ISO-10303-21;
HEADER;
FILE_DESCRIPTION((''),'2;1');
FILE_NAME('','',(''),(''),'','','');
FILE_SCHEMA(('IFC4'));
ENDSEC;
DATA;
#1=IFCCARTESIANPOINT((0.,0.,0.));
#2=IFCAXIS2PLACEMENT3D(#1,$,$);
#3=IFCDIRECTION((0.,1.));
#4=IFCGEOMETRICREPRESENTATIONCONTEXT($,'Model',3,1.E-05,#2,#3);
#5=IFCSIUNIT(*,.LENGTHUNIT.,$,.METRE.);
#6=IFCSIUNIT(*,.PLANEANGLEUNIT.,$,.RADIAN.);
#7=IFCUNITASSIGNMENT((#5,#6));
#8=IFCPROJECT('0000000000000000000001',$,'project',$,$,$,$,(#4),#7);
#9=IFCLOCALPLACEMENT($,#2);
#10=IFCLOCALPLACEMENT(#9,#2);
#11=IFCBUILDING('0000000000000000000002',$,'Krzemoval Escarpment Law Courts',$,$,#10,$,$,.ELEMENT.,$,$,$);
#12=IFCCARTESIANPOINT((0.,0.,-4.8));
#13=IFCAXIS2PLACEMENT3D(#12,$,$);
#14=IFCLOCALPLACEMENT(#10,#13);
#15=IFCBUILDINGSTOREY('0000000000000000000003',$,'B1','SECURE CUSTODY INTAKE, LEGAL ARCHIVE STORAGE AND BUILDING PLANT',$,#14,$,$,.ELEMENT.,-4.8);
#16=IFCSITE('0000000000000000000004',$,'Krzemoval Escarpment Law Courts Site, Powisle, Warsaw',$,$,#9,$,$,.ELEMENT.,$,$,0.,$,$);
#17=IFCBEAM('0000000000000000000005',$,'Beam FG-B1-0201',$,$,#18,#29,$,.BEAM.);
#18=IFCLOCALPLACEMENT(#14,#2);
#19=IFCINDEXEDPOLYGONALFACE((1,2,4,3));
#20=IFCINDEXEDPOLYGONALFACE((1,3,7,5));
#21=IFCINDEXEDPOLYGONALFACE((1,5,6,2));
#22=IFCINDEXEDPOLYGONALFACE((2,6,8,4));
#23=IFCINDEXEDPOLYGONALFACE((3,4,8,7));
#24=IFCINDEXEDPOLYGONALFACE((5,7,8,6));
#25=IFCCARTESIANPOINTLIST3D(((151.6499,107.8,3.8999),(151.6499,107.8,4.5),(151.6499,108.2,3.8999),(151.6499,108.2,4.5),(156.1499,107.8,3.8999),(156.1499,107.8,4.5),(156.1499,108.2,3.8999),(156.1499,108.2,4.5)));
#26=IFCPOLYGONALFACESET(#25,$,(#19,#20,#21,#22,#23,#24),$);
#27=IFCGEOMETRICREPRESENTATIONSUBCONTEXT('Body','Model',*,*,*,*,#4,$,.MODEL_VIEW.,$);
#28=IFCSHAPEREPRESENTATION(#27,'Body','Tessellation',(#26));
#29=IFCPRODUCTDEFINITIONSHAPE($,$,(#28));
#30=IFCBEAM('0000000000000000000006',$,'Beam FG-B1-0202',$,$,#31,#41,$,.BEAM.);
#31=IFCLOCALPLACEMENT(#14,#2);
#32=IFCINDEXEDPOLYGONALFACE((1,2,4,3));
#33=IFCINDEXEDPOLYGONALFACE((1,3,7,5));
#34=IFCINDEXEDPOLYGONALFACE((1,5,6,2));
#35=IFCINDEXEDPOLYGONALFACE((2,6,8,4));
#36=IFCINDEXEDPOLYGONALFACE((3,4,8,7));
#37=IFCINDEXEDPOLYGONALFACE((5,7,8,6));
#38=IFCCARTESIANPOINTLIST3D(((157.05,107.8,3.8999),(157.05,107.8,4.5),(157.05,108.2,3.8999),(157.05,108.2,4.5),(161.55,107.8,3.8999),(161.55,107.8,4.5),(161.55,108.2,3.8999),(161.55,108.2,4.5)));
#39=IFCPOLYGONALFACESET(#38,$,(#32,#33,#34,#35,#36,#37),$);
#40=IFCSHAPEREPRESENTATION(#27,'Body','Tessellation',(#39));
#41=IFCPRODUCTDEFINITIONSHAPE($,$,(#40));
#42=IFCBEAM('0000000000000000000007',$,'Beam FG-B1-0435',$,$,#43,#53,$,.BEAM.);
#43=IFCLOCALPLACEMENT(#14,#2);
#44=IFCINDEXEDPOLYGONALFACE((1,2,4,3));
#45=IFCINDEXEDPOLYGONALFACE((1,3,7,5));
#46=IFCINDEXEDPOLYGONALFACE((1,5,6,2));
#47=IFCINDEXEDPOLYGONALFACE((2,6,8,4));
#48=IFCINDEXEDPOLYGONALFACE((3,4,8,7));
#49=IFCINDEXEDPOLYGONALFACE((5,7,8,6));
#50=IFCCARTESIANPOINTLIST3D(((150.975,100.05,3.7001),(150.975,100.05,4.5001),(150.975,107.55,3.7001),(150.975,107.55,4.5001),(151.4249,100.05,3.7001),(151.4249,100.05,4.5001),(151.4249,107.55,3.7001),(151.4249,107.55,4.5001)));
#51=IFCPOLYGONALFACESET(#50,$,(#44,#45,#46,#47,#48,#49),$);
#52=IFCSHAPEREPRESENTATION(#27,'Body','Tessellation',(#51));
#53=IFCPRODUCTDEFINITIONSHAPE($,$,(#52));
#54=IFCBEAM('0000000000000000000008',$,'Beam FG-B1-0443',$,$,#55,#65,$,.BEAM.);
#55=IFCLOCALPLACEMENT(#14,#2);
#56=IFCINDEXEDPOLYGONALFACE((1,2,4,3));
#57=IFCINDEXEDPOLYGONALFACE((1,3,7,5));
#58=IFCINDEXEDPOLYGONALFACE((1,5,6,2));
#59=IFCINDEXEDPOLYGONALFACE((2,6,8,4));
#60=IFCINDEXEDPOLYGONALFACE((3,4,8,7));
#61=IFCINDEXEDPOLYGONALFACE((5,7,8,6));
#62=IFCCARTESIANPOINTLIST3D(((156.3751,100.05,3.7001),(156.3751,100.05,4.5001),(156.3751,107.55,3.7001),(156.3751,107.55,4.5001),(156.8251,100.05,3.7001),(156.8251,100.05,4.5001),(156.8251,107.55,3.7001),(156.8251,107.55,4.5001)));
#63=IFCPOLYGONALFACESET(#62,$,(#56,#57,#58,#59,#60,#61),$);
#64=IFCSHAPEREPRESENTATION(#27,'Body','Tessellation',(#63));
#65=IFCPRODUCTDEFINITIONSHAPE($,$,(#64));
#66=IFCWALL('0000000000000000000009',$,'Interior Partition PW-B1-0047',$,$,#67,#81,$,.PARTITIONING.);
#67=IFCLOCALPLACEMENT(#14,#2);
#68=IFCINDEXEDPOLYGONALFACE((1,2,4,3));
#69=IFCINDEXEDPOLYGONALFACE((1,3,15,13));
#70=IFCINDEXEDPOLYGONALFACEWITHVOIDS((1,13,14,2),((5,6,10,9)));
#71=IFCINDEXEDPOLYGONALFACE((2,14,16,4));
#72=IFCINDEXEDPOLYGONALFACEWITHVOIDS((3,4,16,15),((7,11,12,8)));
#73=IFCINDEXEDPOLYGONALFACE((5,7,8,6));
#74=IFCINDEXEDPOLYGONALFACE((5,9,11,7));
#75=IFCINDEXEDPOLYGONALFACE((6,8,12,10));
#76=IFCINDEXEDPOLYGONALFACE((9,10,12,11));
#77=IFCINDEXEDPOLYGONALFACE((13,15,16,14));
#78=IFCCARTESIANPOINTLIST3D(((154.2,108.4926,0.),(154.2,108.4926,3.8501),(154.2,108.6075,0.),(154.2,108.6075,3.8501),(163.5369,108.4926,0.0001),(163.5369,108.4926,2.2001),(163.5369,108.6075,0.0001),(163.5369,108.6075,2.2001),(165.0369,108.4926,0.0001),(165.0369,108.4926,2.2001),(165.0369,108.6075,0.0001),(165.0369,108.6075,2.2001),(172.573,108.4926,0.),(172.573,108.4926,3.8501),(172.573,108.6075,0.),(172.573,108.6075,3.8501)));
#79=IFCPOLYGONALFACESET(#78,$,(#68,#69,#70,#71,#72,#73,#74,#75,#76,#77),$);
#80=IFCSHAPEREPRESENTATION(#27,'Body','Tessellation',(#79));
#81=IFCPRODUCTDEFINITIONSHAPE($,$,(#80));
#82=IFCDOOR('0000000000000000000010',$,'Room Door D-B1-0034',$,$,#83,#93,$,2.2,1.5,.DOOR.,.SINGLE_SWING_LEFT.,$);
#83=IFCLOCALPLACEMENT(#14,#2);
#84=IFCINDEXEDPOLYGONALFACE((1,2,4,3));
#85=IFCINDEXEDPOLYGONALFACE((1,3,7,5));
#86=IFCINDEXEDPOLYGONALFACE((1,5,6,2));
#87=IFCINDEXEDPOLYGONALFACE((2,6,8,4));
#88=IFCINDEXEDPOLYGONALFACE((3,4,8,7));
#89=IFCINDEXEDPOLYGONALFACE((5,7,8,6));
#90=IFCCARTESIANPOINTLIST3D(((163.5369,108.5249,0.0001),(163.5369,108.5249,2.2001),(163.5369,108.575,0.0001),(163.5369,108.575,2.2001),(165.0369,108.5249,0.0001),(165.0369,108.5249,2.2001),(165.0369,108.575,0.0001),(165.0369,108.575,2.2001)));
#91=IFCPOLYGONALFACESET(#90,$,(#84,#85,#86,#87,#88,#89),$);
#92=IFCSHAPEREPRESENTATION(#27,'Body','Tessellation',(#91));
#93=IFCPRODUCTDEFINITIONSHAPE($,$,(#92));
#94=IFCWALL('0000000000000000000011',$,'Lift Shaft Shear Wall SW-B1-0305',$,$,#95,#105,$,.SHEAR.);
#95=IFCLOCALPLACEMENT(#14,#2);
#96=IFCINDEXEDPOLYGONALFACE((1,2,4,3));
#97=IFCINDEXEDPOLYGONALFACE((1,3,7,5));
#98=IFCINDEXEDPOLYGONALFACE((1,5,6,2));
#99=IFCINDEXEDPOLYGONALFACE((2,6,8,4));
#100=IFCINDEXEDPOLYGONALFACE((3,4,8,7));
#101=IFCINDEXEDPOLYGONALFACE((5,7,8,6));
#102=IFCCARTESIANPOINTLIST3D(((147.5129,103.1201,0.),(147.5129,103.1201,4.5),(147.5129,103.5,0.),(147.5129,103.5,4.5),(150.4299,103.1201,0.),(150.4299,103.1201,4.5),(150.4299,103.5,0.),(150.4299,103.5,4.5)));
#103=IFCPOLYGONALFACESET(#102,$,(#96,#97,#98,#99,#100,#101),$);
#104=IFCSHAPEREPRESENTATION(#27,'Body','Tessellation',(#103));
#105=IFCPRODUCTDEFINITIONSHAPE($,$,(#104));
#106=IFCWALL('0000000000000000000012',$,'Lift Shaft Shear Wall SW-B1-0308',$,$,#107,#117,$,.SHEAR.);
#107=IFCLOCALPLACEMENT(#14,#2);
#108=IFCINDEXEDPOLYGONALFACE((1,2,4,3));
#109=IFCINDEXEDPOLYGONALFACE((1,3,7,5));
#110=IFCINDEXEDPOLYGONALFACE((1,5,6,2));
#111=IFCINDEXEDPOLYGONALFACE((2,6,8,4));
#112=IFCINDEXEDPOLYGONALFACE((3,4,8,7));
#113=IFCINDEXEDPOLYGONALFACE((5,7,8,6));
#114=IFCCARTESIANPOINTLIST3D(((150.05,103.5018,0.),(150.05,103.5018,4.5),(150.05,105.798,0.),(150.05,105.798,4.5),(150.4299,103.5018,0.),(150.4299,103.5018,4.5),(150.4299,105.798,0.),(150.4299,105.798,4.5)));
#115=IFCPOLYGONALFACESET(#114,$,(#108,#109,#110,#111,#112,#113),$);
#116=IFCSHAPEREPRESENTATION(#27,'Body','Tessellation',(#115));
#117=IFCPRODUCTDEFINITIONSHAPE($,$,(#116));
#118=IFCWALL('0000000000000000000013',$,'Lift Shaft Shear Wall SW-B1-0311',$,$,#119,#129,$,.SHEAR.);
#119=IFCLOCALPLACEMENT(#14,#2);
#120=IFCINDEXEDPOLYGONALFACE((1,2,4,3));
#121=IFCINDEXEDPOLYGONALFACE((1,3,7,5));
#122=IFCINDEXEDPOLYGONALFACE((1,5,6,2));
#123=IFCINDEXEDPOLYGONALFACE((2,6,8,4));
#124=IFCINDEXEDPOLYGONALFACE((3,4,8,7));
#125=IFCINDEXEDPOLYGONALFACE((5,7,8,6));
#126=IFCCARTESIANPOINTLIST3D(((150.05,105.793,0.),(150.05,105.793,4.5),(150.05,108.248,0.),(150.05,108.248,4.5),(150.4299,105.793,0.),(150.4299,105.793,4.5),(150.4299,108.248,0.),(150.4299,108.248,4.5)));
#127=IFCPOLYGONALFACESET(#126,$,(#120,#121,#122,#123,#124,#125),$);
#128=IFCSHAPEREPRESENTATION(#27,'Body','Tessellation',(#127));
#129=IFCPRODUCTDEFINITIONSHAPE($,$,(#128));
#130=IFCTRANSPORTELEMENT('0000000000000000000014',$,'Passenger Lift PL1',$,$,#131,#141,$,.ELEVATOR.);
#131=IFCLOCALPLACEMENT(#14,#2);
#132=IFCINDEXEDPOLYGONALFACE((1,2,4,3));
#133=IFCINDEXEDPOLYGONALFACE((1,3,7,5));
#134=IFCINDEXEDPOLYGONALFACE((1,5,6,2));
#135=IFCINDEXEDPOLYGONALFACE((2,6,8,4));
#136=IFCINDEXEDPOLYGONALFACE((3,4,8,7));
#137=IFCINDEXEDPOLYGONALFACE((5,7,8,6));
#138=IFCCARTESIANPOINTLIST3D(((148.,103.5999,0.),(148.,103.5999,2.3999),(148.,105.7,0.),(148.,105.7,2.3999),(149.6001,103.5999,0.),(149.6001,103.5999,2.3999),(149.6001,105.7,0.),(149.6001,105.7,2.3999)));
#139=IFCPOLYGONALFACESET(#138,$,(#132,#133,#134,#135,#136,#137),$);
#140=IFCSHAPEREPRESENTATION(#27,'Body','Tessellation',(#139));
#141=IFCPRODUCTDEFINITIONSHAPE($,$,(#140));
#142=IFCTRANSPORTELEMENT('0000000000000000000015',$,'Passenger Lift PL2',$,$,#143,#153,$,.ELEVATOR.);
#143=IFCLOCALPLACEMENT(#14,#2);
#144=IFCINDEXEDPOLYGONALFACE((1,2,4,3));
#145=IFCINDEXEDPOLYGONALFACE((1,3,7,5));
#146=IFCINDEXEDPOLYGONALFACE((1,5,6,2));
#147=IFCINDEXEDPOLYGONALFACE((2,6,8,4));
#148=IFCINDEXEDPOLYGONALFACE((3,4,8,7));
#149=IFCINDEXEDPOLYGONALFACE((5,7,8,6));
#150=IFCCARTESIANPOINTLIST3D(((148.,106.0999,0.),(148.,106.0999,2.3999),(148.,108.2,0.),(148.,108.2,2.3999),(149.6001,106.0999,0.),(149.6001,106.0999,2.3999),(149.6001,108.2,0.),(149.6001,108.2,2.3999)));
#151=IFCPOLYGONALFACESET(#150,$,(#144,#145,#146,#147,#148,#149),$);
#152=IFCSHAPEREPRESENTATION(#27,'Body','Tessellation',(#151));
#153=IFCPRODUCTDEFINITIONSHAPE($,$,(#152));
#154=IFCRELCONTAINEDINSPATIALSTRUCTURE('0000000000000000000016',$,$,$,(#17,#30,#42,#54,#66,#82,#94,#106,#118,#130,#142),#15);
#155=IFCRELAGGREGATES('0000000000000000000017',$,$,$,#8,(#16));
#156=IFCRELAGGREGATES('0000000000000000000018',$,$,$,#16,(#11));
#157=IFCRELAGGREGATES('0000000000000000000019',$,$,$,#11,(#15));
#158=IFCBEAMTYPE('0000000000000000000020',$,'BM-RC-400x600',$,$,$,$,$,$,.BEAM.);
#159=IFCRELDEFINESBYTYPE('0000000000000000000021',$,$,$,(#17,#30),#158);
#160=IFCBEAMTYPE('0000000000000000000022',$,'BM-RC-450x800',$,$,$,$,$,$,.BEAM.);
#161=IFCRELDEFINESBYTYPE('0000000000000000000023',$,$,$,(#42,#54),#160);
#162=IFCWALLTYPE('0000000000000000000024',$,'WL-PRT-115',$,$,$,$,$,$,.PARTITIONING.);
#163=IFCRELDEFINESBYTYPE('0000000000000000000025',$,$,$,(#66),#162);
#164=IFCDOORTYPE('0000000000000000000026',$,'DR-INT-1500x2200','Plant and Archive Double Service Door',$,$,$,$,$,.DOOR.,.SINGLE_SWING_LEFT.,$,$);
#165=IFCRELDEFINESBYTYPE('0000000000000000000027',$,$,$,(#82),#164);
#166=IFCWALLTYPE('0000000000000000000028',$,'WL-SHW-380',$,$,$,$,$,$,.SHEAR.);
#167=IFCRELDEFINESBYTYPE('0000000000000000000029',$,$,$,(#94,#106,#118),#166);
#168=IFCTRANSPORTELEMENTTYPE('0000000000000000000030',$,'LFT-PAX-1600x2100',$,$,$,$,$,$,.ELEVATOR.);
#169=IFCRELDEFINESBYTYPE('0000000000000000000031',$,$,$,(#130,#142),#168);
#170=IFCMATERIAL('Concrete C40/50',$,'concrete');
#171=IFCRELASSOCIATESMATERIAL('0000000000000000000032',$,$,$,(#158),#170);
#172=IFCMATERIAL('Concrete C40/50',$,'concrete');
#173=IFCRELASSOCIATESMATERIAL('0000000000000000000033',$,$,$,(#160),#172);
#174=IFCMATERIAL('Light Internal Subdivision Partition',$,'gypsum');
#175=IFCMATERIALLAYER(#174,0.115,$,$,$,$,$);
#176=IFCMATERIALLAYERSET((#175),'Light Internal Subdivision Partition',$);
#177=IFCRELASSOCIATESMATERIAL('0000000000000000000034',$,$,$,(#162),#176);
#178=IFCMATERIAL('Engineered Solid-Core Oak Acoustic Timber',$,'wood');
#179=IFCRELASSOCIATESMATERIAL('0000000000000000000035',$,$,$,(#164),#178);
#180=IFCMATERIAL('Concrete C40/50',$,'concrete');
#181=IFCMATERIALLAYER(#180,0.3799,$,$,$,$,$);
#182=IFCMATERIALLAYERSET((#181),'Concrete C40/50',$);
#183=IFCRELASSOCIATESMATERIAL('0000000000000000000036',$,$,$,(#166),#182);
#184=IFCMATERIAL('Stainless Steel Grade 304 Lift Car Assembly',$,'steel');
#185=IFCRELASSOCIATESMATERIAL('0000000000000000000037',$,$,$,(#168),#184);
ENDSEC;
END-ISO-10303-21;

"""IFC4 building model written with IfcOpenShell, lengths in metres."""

from ifc_helpers import new_model, si_unit, direction, frame, frame_2d, origin, origin_2d, place, context, subcontext, project, spatial, rectangle, extrude, material, layer, layer_set, material_profile, profile_set, type_object, element, fill, save


model = new_model("IFC4")

# Units and contexts
model_context = context("Model", 3, precision=1e-05, world=origin(), true_north=direction((0.0, 1.0)))
body_context = subcontext(model_context, "Body", "Model", "MODEL_VIEW")
ifc_project = project(units=[si_unit("LENGTHUNIT", "METRE"), si_unit("PLANEANGLEUNIT", "RADIAN")], contexts=[model_context])

# Site, building, storey
site_placement = place(None, origin())
site = spatial("IfcSite", under=ifc_project, at=site_placement, Name="Krzemoval Escarpment Law Courts Site, Powisle, Warsaw", CompositionType="ELEMENT", RefElevation=0.0)
building_placement = place(site_placement, origin())
building = spatial("IfcBuilding", under=site, at=building_placement, Name="Krzemoval Escarpment Law Courts", CompositionType="ELEMENT")
storey_placement = place(building_placement, frame((0.0, 0.0, -4.8)))
storey = spatial("IfcBuildingStorey", under=building, at=storey_placement, Name="B1", Description="SECURE CUSTODY INTAKE, LEGAL ARCHIVE STORAGE AND BUILDING PLANT", CompositionType="ELEMENT", Elevation=-4.8)

# Beams
ifc_material_1 = material(Name="Concrete C40/50", Category="concrete")
ifc_material_profile_1 = material_profile(ifc_material_1, rectangle(XDim=0.3999, YDim=0.6001, at=origin_2d()), Name="RCB 400x600")
ifc_profile_set_1 = profile_set([ifc_material_profile_1], Name="Concrete C40/50")
beam_type_1 = type_object("IfcBeamType", Name="BM-RC-400x600", PredefinedType="BEAM", material=ifc_profile_set_1)
for number, where, z_axis, x_axis, name in (
    (1, (151.6499, 108.0, 4.2), (1.0, 0.0, 0.0), (0.0, 1.0, 0.0), "Beam FG-B1-0201"),
    (2, (157.05, 108.0, 4.2), (1.0, 0.0, 0.0), (0.0, 1.0, 0.0), "Beam FG-B1-0202"),
):
    element("IfcBeam", number, at=place(storey_placement, frame(where, z_axis=z_axis, x_axis=x_axis)), inside=storey, type_object=beam_type_1, Name=name, PredefinedType="BEAM", context=body_context, shape_type="SweptSolid", body=[
        extrude(rectangle(XDim=0.3999, YDim=0.6001, at=origin_2d()), origin(), (0.0, 0.0, 1.0), 4.5),
    ])
ifc_material_2 = material(Name="Concrete C40/50", Category="concrete")
ifc_material_profile_2 = material_profile(ifc_material_2, rectangle(XDim=0.45, YDim=0.8, at=origin_2d()), Name="RCB 450x800")
ifc_profile_set_2 = profile_set([ifc_material_profile_2], Name="Concrete C40/50")
beam_type_2 = type_object("IfcBeamType", Name="BM-RC-450x800", PredefinedType="BEAM", material=ifc_profile_set_2)
for number, where, z_axis, x_axis, name in (
    (3, (151.2, 100.05, 4.1001), (0.0, 1.0, 0.0), (-1.0, 0.0, 0.0), "Beam FG-B1-0435"),
    (4, (156.6001, 100.05, 4.1001), (0.0, 1.0, 0.0), (-1.0, 0.0, 0.0), "Beam FG-B1-0443"),
):
    element("IfcBeam", number, at=place(storey_placement, frame(where, z_axis=z_axis, x_axis=x_axis)), inside=storey, type_object=beam_type_2, Name=name, PredefinedType="BEAM", context=body_context, shape_type="SweptSolid", body=[
        extrude(rectangle(XDim=0.45, YDim=0.8, at=origin_2d()), origin(), (0.0, 0.0, 1.0), 7.5),
    ])

# Wall, opening, door
ifc_material_3 = material(Name="Light Internal Subdivision Partition", Category="gypsum")
ifc_layer_1 = layer(ifc_material_3, 0.115)
ifc_layer_set_1 = layer_set([ifc_layer_1], Name="Light Internal Subdivision Partition")
wall_type_1 = type_object("IfcWallType", Name="WL-PRT-115", PredefinedType="PARTITIONING", material=ifc_layer_set_1)
wall_1_placement = place(storey_placement, frame((154.2, 108.55, 0.0), z_axis=(0.0, 0.0, 1.0), x_axis=(1.0, 0.0, 0.0)))
wall_1 = element("IfcWall", 5, at=wall_1_placement, inside=storey, type_object=wall_type_1, Name="Interior Partition PW-B1-0047", PredefinedType="PARTITIONING", context=body_context, shape_type="SweptSolid", body=[
    extrude(rectangle(XDim=18.373, YDim=0.115, at=frame_2d((9.1865, 0.0))), origin(), (0.0, 0.0, 1.0), 3.8501),
])
opening_placement = place(wall_1_placement, frame((9.3369, 0.0, 0.0)))
opening = element("IfcOpeningElement", 6, at=opening_placement, cuts=wall_1, PredefinedType="OPENING", context=body_context, shape_type="SweptSolid", body=[
    extrude(rectangle(XDim=1.5, YDim=2.2, at=frame_2d((0.75, 1.1001))), frame((0.0, 0.0725, 0.0), z_axis=(0.0, -1.0, 0.0), x_axis=(1.0, 0.0, 0.0)), (0.0, 0.0, 1.0), 0.145),
])
ifc_material_4 = material(Name="Engineered Solid-Core Oak Acoustic Timber", Category="wood")
door_type = type_object("IfcDoorType", Name="DR-INT-1500x2200", Description="Plant and Archive Double Service Door", OperationType="SINGLE_SWING_LEFT", PredefinedType="DOOR", material=ifc_material_4)
door_placement = place(opening_placement, origin())
door = element("IfcDoor", 7, at=door_placement, inside=storey, type_object=door_type, Name="Room Door D-B1-0034", OperationType="SINGLE_SWING_LEFT", OverallHeight=2.2, OverallWidth=1.5, PredefinedType="DOOR", context=body_context, shape_type="SweptSolid", body=[
    extrude(rectangle(XDim=1.5, YDim=2.2, at=frame_2d((0.75, 1.1001))), frame((0.0, 0.0249, 0.0), z_axis=(0.0, -1.0, 0.0), x_axis=(1.0, 0.0, 0.0)), (0.0, 0.0, 1.0), 0.05),
])
fill(opening, door)

# Walls
ifc_material_5 = material(Name="Concrete C40/50", Category="concrete")
ifc_layer_2 = layer(ifc_material_5, 0.3799)
ifc_layer_set_2 = layer_set([ifc_layer_2], Name="Concrete C40/50")
wall_type_2 = type_object("IfcWallType", Name="WL-SHW-380", PredefinedType="SHEAR", material=ifc_layer_set_2)
wall_2_placement = place(storey_placement, frame((147.5129, 103.3101, 0.0), z_axis=(0.0, 0.0, 1.0), x_axis=(1.0, 0.0, 0.0)))
element("IfcWall", 8, at=wall_2_placement, inside=storey, type_object=wall_type_2, Name="Lift Shaft Shear Wall SW-B1-0305", PredefinedType="SHEAR", context=body_context, shape_type="SweptSolid", body=[
    extrude(rectangle(XDim=2.917, YDim=0.3799, at=frame_2d((1.4585, 0.0))), origin(), (0.0, 0.0, 1.0), 4.5),
])
wall_3_placement = place(storey_placement, frame((150.24, 103.502, 0.0), z_axis=(0.0, 0.0, 1.0), x_axis=(0.0, 1.0, 0.0)))
element("IfcWall", 9, at=wall_3_placement, inside=storey, type_object=wall_type_2, Name="Lift Shaft Shear Wall SW-B1-0308", PredefinedType="SHEAR", context=body_context, shape_type="SweptSolid", body=[
    extrude(rectangle(XDim=2.2961, YDim=0.3799, at=frame_2d((1.1479, 0.0))), origin(), (0.0, 0.0, 1.0), 4.5),
])
wall_4_placement = place(storey_placement, frame((150.24, 105.793, 0.0), z_axis=(0.0, 0.0, 1.0), x_axis=(0.0, 1.0, 0.0)))
element("IfcWall", 10, at=wall_4_placement, inside=storey, type_object=wall_type_2, Name="Lift Shaft Shear Wall SW-B1-0311", PredefinedType="SHEAR", context=body_context, shape_type="SweptSolid", body=[
    extrude(rectangle(XDim=2.4551, YDim=0.3799, at=frame_2d((1.2275, 0.0))), origin(), (0.0, 0.0, 1.0), 4.5),
])

# Transport elements
ifc_material_6 = material(Name="Stainless Steel Grade 304 Lift Car Assembly", Category="steel")
transport_element_type = type_object("IfcTransportElementType", Name="LFT-PAX-1600x2100", PredefinedType="ELEVATOR", material=ifc_material_6)
for number, where, z_axis, x_axis, name in (
    (11, (148.8, 104.6499, 0.0), (0.0, 0.0, 1.0), (1.0, 0.0, 0.0), "Passenger Lift PL1"),
    (12, (148.8, 107.1499, 0.0), (0.0, 0.0, 1.0), (1.0, 0.0, 0.0), "Passenger Lift PL2"),
):
    element("IfcTransportElement", number, at=place(storey_placement, frame(where, z_axis=z_axis, x_axis=x_axis)), inside=storey, type_object=transport_element_type, Name=name, PredefinedType="ELEVATOR", context=body_context, shape_type="SweptSolid", body=[
        extrude(rectangle(XDim=1.6001, YDim=2.1001, at=origin_2d()), origin(), (0.0, 0.0, 1.0), 2.3999),
    ])

save(model, "model.ifc")
